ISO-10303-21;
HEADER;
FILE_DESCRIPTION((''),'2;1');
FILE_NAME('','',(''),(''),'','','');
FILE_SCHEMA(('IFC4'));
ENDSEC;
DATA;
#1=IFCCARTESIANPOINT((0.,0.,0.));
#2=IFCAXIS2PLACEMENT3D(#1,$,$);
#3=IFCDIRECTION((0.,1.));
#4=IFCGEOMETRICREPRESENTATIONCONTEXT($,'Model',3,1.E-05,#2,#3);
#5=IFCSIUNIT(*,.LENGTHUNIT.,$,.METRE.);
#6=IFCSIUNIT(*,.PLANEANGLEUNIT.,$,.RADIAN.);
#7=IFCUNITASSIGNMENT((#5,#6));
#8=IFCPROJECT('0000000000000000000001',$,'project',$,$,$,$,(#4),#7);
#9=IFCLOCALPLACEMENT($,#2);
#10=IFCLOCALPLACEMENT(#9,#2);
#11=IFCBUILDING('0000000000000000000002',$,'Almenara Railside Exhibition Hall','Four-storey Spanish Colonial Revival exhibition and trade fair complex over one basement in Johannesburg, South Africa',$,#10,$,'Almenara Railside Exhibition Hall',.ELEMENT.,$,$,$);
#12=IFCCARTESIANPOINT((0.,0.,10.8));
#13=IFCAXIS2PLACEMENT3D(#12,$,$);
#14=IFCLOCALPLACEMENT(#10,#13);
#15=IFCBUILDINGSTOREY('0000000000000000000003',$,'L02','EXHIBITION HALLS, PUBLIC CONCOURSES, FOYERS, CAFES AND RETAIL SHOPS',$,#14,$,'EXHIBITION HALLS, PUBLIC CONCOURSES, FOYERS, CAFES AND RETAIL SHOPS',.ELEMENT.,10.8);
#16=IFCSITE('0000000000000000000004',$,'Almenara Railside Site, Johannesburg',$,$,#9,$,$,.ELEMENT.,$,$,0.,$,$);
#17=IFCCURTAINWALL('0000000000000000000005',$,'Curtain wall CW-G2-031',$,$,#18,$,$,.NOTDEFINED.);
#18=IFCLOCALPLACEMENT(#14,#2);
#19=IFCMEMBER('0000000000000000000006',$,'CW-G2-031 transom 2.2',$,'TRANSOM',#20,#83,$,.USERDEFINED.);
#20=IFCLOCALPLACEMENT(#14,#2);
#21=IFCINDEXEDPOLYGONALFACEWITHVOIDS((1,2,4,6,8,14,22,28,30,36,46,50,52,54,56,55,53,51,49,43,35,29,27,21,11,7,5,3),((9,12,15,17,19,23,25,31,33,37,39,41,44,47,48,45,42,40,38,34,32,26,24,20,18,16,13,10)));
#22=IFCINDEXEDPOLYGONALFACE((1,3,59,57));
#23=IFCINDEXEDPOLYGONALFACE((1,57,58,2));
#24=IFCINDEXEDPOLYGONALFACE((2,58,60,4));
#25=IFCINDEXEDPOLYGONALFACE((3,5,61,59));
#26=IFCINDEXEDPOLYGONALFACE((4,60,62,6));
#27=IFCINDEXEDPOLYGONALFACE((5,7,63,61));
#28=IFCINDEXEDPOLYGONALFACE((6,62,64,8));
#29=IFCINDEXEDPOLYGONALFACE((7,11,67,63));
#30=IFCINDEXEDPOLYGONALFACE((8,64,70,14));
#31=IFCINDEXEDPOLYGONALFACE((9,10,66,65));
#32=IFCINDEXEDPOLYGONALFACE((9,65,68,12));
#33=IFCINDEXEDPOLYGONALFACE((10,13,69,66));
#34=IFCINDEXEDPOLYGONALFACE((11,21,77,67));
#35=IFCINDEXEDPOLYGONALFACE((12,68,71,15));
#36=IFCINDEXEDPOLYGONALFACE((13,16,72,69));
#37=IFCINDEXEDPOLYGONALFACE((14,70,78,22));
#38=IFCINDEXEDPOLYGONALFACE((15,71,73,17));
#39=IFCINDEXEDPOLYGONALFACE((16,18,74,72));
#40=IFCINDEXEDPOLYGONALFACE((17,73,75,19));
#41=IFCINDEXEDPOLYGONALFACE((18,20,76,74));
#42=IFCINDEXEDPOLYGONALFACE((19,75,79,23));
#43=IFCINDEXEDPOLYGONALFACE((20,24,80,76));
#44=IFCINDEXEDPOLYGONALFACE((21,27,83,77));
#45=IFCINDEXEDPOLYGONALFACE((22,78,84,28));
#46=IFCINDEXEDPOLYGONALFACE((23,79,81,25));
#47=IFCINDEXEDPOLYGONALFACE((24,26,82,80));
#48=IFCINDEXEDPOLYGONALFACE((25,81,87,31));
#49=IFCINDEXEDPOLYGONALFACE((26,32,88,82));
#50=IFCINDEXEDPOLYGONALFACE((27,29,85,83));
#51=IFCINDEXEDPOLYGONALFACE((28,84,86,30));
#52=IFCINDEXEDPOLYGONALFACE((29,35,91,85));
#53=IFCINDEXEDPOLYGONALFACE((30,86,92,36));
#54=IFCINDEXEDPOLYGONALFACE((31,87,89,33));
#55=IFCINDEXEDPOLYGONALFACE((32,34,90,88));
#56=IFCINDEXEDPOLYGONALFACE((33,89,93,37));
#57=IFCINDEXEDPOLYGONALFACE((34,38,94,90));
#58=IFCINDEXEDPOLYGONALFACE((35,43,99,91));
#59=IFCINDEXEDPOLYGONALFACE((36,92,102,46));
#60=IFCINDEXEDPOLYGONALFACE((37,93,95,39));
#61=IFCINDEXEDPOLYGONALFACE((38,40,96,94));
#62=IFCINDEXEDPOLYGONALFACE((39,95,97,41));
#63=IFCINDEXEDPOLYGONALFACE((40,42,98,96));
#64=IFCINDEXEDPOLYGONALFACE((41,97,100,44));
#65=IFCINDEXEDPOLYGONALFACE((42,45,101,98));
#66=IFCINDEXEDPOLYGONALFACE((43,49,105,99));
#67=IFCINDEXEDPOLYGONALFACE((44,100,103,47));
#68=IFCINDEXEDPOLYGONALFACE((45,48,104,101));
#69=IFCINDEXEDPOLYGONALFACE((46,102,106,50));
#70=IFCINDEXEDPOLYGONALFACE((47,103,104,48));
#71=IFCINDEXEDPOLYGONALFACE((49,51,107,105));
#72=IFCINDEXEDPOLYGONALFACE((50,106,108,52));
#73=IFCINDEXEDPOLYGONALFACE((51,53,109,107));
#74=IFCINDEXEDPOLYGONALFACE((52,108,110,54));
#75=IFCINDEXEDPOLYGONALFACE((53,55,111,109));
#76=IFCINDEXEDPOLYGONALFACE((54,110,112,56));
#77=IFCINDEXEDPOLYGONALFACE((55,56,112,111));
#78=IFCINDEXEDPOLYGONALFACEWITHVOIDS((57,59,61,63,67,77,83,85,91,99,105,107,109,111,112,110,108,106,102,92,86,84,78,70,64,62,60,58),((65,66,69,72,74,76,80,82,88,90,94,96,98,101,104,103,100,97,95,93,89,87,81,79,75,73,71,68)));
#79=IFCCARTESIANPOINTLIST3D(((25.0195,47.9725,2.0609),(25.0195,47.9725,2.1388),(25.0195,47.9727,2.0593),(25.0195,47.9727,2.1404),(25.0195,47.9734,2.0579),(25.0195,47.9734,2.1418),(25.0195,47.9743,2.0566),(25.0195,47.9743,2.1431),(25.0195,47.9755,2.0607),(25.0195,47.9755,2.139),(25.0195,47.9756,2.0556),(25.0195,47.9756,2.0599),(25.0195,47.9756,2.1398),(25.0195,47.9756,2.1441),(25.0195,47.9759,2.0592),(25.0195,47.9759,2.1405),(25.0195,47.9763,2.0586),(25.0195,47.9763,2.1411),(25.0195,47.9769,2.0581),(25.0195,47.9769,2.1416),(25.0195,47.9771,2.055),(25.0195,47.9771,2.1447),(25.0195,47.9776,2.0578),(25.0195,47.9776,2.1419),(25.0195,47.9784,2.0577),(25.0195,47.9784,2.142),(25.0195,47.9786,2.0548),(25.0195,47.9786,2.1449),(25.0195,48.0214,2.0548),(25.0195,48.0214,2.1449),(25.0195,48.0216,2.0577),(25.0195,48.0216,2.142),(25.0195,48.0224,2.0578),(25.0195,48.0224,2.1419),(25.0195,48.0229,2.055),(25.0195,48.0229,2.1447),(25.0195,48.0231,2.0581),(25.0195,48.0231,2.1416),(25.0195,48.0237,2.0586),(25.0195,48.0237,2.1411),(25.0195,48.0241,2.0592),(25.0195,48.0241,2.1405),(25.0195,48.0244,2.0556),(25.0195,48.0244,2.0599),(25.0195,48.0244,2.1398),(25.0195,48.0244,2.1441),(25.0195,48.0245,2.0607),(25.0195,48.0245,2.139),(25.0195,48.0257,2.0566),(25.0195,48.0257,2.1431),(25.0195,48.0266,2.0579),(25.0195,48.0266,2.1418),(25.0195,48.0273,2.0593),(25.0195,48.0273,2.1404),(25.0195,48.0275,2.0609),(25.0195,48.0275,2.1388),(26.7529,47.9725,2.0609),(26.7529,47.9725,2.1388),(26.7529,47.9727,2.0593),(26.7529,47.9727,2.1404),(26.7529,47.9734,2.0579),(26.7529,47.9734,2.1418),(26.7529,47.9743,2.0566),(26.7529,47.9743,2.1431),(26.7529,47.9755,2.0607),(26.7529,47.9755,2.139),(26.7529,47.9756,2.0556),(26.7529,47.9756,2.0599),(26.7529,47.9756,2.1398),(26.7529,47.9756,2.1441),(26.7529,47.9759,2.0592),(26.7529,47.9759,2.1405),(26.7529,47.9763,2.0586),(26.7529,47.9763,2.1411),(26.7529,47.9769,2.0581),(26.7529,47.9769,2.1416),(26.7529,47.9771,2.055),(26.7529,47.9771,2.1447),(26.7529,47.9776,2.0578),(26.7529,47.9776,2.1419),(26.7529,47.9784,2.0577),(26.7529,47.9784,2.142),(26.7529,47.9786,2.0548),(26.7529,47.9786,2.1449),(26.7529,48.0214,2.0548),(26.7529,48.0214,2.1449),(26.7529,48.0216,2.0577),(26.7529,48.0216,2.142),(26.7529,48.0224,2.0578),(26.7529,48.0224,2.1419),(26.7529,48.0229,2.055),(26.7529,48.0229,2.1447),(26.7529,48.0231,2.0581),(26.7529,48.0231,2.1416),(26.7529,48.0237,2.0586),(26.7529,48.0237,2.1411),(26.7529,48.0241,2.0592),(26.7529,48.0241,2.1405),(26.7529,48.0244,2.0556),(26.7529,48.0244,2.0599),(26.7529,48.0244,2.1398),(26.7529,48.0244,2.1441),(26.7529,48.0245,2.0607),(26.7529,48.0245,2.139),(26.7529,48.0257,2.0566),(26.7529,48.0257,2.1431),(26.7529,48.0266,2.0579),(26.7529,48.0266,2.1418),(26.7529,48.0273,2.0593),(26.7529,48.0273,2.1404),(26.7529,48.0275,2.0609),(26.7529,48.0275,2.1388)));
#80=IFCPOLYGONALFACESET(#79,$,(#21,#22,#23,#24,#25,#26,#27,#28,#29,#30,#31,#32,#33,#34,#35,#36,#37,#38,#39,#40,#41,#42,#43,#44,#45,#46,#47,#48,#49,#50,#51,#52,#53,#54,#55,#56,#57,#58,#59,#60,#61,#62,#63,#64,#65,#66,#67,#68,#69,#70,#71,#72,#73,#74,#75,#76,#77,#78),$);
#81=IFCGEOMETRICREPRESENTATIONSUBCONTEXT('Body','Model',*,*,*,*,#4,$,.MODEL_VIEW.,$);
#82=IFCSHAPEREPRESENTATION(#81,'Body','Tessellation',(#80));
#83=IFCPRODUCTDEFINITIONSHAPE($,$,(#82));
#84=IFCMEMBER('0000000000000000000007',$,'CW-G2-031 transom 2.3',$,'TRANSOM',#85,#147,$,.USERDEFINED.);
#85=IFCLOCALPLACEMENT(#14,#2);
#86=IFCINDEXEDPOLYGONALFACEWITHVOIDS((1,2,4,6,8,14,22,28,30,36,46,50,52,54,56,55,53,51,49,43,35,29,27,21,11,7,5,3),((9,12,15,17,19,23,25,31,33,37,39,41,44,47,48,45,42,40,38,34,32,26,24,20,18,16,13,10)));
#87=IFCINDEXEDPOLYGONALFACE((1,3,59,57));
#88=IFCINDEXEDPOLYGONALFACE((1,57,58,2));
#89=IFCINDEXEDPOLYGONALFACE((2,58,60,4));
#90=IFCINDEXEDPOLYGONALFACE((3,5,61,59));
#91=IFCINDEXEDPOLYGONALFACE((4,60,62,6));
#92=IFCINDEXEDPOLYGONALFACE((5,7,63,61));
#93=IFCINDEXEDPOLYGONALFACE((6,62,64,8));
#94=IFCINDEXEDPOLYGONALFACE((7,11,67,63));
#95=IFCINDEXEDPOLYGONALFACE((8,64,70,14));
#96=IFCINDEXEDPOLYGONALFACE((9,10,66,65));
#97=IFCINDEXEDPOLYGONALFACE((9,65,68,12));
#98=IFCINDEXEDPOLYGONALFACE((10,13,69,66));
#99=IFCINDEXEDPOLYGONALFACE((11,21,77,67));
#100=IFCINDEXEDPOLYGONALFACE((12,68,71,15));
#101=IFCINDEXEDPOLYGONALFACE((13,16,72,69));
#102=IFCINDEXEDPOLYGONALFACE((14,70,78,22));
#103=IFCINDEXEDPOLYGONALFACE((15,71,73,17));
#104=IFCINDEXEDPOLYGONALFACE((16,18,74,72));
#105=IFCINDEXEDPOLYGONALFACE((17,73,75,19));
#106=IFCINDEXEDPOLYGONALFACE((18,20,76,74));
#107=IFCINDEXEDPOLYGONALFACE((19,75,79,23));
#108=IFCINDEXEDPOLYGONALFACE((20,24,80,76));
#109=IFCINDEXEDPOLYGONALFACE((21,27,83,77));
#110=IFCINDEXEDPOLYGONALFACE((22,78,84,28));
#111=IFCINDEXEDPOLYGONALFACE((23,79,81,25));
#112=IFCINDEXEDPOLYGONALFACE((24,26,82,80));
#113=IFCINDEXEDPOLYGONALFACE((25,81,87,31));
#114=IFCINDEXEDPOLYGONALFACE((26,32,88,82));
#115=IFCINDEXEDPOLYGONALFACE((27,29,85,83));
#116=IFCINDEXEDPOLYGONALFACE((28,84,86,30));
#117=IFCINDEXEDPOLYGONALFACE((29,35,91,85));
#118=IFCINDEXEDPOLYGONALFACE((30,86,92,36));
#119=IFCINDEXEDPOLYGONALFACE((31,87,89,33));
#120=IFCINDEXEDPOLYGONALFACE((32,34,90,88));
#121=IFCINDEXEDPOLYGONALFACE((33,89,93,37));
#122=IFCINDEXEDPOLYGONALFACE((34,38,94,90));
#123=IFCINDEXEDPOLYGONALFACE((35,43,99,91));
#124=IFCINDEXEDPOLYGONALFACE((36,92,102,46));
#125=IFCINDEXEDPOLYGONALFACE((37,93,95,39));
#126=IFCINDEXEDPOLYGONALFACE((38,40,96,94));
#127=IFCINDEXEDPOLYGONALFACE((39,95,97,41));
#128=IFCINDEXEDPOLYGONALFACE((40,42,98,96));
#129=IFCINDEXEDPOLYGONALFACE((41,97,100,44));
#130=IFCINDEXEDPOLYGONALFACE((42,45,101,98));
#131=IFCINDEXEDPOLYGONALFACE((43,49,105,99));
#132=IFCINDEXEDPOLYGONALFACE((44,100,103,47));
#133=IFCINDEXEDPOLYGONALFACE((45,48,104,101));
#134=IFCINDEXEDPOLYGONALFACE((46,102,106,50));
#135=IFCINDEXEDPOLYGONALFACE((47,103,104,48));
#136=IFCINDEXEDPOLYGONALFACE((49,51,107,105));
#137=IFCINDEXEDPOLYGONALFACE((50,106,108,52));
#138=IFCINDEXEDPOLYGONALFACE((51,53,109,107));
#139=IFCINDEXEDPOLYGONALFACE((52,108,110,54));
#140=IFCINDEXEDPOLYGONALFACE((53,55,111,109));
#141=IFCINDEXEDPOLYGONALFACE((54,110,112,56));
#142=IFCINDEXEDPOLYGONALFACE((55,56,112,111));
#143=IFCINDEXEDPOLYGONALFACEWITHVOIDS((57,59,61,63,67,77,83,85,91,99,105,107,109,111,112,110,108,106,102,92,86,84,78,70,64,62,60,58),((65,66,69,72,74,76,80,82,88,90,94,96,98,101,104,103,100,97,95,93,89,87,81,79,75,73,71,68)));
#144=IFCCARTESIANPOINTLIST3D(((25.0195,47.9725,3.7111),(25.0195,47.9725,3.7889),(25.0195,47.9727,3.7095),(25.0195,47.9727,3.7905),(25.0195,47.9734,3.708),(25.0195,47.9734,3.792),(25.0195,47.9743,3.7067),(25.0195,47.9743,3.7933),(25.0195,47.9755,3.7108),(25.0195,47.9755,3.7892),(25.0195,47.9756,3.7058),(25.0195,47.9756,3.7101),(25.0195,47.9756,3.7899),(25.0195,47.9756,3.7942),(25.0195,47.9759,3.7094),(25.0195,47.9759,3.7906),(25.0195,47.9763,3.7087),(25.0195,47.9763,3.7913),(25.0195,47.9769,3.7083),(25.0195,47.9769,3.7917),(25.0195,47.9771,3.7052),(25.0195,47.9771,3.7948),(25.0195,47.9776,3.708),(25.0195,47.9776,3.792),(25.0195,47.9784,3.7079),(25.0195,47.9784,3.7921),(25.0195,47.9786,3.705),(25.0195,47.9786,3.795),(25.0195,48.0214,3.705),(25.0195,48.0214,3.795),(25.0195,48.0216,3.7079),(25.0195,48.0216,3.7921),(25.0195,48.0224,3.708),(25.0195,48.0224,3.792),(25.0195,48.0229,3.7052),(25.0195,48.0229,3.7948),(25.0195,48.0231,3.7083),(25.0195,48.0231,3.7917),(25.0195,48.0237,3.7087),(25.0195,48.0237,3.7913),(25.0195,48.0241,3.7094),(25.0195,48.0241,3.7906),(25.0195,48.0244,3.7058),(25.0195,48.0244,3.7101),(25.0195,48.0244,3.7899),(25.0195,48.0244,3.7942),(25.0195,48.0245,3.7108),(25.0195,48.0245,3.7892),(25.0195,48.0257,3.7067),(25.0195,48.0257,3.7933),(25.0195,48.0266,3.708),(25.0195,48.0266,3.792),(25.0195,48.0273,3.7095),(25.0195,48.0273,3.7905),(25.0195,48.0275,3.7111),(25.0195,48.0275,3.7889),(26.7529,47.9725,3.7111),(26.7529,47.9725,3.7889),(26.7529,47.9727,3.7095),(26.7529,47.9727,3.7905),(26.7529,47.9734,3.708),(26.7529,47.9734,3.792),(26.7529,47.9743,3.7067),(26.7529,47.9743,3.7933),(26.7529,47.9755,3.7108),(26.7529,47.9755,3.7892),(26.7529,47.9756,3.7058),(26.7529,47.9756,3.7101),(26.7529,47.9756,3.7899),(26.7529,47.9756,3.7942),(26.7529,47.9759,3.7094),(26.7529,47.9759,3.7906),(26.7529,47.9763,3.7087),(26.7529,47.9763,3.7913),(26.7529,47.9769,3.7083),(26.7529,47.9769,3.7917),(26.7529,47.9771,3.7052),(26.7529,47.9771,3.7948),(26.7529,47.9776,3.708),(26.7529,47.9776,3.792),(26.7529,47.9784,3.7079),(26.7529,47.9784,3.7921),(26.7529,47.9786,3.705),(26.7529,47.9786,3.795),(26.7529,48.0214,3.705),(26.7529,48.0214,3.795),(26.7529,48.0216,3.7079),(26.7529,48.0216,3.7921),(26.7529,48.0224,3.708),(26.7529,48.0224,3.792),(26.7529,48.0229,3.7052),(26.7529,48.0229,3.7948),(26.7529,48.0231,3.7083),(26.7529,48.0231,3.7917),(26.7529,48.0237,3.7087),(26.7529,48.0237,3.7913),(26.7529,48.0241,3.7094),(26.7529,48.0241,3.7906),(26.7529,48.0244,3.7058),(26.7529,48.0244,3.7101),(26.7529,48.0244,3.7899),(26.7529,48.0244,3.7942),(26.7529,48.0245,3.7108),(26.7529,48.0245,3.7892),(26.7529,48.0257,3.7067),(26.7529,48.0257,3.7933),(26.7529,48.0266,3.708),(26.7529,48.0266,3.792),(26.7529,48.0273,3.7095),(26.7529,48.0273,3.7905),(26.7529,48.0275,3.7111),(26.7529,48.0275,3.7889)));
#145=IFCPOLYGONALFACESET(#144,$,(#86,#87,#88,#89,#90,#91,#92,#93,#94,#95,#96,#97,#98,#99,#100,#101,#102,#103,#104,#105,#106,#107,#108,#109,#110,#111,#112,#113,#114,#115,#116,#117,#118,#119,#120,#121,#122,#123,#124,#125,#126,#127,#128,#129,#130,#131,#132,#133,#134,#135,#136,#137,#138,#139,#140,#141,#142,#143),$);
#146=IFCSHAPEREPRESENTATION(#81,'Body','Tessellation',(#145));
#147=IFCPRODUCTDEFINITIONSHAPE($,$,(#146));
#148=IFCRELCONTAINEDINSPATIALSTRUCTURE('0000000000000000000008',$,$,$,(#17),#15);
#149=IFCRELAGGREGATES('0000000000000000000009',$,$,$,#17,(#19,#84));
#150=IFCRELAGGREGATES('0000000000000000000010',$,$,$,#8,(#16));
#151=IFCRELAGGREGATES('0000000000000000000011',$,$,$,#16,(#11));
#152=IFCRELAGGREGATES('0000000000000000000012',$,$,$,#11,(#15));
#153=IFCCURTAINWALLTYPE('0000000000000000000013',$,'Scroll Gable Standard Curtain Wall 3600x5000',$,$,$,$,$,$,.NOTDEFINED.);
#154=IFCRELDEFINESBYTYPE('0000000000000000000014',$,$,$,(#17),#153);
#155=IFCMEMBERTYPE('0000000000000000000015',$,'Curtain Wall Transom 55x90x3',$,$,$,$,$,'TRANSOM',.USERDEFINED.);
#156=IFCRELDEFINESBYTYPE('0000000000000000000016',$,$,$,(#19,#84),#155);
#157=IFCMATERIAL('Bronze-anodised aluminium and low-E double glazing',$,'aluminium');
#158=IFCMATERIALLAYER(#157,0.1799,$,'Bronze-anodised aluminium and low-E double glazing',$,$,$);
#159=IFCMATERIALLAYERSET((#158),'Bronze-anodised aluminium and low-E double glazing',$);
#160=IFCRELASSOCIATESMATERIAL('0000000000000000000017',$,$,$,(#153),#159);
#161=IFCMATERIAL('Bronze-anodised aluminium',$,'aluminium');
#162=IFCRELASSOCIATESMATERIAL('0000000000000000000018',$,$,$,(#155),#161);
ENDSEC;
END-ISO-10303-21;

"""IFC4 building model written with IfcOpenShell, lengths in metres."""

from ifc_helpers import new_model, si_unit, direction, frame, origin, origin_2d, place, context, subcontext, project, spatial, hollow_rectangle, extrude, material, layer, layer_set, material_profile, profile_set, type_object, element, aggregate, save


model = new_model("IFC4")

# Units and contexts
model_context = context("Model", 3, precision=1e-05, world=origin(), true_north=direction((0.0, 1.0)))
body_context = subcontext(model_context, "Body", "Model", "MODEL_VIEW")
ifc_project = project(units=[si_unit("LENGTHUNIT", "METRE"), si_unit("PLANEANGLEUNIT", "RADIAN")], contexts=[model_context])

# Site, building, storey
site_placement = place(None, origin())
site = spatial("IfcSite", under=ifc_project, at=site_placement, Name="Almenara Railside Site, Johannesburg", CompositionType="ELEMENT", RefElevation=0.0)
building_placement = place(site_placement, origin())
building = spatial("IfcBuilding", under=site, at=building_placement, Name="Almenara Railside Exhibition Hall", Description="Four-storey Spanish Colonial Revival exhibition and trade fair complex over one basement in Johannesburg, South Africa", LongName="Almenara Railside Exhibition Hall", CompositionType="ELEMENT")
storey_placement = place(building_placement, frame((0.0, 0.0, 10.8)))
storey = spatial("IfcBuildingStorey", under=building, at=storey_placement, Name="L02", Description="EXHIBITION HALLS, PUBLIC CONCOURSES, FOYERS, CAFES AND RETAIL SHOPS", LongName="EXHIBITION HALLS, PUBLIC CONCOURSES, FOYERS, CAFES AND RETAIL SHOPS", CompositionType="ELEMENT", Elevation=10.8)

# Curtain wall
ifc_material_1 = material(Name="Bronze-anodised aluminium and low-E double glazing", Category="aluminium")
ifc_layer_1 = layer(ifc_material_1, 0.1799, Name="Bronze-anodised aluminium and low-E double glazing")
ifc_layer_set_1 = layer_set([ifc_layer_1], Name="Bronze-anodised aluminium and low-E double glazing")
curtain_wall_type = type_object("IfcCurtainWallType", Name="Scroll Gable Standard Curtain Wall 3600x5000", PredefinedType="NOTDEFINED", material=ifc_layer_set_1)
curtain_wall_1_placement = place(storey_placement, origin())
curtain_wall_1 = element("IfcCurtainWall", 1, at=curtain_wall_1_placement, inside=storey, type_object=curtain_wall_type, Name="Curtain wall CW-G2-031", PredefinedType="NOTDEFINED")
ifc_material_2 = material(Name="Bronze-anodised aluminium", Category="aluminium")

# Members
ifc_material_profile_1 = material_profile(ifc_material_2, hollow_rectangle(XDim=0.0549, YDim=0.0901, WallThickness=0.0029, InnerFilletRadius=0.0029, OuterFilletRadius=0.0061, at=origin_2d()), Name="ALU-TRN 55x90x3")
ifc_profile_set_1 = profile_set([ifc_material_profile_1], Name="Bronze-anodised aluminium")
member_type_1 = type_object("IfcMemberType", Name="Curtain Wall Transom 55x90x3", ElementType="TRANSOM", PredefinedType="USERDEFINED", material=ifc_profile_set_1)
member_1_placement = place(storey_placement, frame((25.0195, 48.0, 2.0999), z_axis=(1.0, 0.0, 0.0), x_axis=(0.0, 1.0, 0.0)))
member_1 = element("IfcMember", 2, at=member_1_placement, type_object=member_type_1, Name="CW-G2-031 transom 2.2", ObjectType="TRANSOM", PredefinedType="USERDEFINED", context=body_context, shape_type="SweptSolid", body=[
    extrude(hollow_rectangle(XDim=0.0549, YDim=0.0901, WallThickness=0.0029, InnerFilletRadius=0.0029, OuterFilletRadius=0.0061, at=origin_2d()), origin(), (0.0, 0.0, 1.0), 1.7334),
])
member_2_placement = place(storey_placement, frame((25.0195, 48.0, 3.75), z_axis=(1.0, 0.0, 0.0), x_axis=(0.0, 1.0, 0.0)))
member_2 = element("IfcMember", 3, at=member_2_placement, type_object=member_type_1, Name="CW-G2-031 transom 2.3", ObjectType="TRANSOM", PredefinedType="USERDEFINED", context=body_context, shape_type="SweptSolid", body=[
    extrude(hollow_rectangle(XDim=0.0549, YDim=0.0901, WallThickness=0.0029, InnerFilletRadius=0.0029, OuterFilletRadius=0.0061, at=origin_2d()), origin(), (0.0, 0.0, 1.0), 1.7334),
])

aggregate(curtain_wall_1, [member_1, member_2])

save(model, "model.ifc")
